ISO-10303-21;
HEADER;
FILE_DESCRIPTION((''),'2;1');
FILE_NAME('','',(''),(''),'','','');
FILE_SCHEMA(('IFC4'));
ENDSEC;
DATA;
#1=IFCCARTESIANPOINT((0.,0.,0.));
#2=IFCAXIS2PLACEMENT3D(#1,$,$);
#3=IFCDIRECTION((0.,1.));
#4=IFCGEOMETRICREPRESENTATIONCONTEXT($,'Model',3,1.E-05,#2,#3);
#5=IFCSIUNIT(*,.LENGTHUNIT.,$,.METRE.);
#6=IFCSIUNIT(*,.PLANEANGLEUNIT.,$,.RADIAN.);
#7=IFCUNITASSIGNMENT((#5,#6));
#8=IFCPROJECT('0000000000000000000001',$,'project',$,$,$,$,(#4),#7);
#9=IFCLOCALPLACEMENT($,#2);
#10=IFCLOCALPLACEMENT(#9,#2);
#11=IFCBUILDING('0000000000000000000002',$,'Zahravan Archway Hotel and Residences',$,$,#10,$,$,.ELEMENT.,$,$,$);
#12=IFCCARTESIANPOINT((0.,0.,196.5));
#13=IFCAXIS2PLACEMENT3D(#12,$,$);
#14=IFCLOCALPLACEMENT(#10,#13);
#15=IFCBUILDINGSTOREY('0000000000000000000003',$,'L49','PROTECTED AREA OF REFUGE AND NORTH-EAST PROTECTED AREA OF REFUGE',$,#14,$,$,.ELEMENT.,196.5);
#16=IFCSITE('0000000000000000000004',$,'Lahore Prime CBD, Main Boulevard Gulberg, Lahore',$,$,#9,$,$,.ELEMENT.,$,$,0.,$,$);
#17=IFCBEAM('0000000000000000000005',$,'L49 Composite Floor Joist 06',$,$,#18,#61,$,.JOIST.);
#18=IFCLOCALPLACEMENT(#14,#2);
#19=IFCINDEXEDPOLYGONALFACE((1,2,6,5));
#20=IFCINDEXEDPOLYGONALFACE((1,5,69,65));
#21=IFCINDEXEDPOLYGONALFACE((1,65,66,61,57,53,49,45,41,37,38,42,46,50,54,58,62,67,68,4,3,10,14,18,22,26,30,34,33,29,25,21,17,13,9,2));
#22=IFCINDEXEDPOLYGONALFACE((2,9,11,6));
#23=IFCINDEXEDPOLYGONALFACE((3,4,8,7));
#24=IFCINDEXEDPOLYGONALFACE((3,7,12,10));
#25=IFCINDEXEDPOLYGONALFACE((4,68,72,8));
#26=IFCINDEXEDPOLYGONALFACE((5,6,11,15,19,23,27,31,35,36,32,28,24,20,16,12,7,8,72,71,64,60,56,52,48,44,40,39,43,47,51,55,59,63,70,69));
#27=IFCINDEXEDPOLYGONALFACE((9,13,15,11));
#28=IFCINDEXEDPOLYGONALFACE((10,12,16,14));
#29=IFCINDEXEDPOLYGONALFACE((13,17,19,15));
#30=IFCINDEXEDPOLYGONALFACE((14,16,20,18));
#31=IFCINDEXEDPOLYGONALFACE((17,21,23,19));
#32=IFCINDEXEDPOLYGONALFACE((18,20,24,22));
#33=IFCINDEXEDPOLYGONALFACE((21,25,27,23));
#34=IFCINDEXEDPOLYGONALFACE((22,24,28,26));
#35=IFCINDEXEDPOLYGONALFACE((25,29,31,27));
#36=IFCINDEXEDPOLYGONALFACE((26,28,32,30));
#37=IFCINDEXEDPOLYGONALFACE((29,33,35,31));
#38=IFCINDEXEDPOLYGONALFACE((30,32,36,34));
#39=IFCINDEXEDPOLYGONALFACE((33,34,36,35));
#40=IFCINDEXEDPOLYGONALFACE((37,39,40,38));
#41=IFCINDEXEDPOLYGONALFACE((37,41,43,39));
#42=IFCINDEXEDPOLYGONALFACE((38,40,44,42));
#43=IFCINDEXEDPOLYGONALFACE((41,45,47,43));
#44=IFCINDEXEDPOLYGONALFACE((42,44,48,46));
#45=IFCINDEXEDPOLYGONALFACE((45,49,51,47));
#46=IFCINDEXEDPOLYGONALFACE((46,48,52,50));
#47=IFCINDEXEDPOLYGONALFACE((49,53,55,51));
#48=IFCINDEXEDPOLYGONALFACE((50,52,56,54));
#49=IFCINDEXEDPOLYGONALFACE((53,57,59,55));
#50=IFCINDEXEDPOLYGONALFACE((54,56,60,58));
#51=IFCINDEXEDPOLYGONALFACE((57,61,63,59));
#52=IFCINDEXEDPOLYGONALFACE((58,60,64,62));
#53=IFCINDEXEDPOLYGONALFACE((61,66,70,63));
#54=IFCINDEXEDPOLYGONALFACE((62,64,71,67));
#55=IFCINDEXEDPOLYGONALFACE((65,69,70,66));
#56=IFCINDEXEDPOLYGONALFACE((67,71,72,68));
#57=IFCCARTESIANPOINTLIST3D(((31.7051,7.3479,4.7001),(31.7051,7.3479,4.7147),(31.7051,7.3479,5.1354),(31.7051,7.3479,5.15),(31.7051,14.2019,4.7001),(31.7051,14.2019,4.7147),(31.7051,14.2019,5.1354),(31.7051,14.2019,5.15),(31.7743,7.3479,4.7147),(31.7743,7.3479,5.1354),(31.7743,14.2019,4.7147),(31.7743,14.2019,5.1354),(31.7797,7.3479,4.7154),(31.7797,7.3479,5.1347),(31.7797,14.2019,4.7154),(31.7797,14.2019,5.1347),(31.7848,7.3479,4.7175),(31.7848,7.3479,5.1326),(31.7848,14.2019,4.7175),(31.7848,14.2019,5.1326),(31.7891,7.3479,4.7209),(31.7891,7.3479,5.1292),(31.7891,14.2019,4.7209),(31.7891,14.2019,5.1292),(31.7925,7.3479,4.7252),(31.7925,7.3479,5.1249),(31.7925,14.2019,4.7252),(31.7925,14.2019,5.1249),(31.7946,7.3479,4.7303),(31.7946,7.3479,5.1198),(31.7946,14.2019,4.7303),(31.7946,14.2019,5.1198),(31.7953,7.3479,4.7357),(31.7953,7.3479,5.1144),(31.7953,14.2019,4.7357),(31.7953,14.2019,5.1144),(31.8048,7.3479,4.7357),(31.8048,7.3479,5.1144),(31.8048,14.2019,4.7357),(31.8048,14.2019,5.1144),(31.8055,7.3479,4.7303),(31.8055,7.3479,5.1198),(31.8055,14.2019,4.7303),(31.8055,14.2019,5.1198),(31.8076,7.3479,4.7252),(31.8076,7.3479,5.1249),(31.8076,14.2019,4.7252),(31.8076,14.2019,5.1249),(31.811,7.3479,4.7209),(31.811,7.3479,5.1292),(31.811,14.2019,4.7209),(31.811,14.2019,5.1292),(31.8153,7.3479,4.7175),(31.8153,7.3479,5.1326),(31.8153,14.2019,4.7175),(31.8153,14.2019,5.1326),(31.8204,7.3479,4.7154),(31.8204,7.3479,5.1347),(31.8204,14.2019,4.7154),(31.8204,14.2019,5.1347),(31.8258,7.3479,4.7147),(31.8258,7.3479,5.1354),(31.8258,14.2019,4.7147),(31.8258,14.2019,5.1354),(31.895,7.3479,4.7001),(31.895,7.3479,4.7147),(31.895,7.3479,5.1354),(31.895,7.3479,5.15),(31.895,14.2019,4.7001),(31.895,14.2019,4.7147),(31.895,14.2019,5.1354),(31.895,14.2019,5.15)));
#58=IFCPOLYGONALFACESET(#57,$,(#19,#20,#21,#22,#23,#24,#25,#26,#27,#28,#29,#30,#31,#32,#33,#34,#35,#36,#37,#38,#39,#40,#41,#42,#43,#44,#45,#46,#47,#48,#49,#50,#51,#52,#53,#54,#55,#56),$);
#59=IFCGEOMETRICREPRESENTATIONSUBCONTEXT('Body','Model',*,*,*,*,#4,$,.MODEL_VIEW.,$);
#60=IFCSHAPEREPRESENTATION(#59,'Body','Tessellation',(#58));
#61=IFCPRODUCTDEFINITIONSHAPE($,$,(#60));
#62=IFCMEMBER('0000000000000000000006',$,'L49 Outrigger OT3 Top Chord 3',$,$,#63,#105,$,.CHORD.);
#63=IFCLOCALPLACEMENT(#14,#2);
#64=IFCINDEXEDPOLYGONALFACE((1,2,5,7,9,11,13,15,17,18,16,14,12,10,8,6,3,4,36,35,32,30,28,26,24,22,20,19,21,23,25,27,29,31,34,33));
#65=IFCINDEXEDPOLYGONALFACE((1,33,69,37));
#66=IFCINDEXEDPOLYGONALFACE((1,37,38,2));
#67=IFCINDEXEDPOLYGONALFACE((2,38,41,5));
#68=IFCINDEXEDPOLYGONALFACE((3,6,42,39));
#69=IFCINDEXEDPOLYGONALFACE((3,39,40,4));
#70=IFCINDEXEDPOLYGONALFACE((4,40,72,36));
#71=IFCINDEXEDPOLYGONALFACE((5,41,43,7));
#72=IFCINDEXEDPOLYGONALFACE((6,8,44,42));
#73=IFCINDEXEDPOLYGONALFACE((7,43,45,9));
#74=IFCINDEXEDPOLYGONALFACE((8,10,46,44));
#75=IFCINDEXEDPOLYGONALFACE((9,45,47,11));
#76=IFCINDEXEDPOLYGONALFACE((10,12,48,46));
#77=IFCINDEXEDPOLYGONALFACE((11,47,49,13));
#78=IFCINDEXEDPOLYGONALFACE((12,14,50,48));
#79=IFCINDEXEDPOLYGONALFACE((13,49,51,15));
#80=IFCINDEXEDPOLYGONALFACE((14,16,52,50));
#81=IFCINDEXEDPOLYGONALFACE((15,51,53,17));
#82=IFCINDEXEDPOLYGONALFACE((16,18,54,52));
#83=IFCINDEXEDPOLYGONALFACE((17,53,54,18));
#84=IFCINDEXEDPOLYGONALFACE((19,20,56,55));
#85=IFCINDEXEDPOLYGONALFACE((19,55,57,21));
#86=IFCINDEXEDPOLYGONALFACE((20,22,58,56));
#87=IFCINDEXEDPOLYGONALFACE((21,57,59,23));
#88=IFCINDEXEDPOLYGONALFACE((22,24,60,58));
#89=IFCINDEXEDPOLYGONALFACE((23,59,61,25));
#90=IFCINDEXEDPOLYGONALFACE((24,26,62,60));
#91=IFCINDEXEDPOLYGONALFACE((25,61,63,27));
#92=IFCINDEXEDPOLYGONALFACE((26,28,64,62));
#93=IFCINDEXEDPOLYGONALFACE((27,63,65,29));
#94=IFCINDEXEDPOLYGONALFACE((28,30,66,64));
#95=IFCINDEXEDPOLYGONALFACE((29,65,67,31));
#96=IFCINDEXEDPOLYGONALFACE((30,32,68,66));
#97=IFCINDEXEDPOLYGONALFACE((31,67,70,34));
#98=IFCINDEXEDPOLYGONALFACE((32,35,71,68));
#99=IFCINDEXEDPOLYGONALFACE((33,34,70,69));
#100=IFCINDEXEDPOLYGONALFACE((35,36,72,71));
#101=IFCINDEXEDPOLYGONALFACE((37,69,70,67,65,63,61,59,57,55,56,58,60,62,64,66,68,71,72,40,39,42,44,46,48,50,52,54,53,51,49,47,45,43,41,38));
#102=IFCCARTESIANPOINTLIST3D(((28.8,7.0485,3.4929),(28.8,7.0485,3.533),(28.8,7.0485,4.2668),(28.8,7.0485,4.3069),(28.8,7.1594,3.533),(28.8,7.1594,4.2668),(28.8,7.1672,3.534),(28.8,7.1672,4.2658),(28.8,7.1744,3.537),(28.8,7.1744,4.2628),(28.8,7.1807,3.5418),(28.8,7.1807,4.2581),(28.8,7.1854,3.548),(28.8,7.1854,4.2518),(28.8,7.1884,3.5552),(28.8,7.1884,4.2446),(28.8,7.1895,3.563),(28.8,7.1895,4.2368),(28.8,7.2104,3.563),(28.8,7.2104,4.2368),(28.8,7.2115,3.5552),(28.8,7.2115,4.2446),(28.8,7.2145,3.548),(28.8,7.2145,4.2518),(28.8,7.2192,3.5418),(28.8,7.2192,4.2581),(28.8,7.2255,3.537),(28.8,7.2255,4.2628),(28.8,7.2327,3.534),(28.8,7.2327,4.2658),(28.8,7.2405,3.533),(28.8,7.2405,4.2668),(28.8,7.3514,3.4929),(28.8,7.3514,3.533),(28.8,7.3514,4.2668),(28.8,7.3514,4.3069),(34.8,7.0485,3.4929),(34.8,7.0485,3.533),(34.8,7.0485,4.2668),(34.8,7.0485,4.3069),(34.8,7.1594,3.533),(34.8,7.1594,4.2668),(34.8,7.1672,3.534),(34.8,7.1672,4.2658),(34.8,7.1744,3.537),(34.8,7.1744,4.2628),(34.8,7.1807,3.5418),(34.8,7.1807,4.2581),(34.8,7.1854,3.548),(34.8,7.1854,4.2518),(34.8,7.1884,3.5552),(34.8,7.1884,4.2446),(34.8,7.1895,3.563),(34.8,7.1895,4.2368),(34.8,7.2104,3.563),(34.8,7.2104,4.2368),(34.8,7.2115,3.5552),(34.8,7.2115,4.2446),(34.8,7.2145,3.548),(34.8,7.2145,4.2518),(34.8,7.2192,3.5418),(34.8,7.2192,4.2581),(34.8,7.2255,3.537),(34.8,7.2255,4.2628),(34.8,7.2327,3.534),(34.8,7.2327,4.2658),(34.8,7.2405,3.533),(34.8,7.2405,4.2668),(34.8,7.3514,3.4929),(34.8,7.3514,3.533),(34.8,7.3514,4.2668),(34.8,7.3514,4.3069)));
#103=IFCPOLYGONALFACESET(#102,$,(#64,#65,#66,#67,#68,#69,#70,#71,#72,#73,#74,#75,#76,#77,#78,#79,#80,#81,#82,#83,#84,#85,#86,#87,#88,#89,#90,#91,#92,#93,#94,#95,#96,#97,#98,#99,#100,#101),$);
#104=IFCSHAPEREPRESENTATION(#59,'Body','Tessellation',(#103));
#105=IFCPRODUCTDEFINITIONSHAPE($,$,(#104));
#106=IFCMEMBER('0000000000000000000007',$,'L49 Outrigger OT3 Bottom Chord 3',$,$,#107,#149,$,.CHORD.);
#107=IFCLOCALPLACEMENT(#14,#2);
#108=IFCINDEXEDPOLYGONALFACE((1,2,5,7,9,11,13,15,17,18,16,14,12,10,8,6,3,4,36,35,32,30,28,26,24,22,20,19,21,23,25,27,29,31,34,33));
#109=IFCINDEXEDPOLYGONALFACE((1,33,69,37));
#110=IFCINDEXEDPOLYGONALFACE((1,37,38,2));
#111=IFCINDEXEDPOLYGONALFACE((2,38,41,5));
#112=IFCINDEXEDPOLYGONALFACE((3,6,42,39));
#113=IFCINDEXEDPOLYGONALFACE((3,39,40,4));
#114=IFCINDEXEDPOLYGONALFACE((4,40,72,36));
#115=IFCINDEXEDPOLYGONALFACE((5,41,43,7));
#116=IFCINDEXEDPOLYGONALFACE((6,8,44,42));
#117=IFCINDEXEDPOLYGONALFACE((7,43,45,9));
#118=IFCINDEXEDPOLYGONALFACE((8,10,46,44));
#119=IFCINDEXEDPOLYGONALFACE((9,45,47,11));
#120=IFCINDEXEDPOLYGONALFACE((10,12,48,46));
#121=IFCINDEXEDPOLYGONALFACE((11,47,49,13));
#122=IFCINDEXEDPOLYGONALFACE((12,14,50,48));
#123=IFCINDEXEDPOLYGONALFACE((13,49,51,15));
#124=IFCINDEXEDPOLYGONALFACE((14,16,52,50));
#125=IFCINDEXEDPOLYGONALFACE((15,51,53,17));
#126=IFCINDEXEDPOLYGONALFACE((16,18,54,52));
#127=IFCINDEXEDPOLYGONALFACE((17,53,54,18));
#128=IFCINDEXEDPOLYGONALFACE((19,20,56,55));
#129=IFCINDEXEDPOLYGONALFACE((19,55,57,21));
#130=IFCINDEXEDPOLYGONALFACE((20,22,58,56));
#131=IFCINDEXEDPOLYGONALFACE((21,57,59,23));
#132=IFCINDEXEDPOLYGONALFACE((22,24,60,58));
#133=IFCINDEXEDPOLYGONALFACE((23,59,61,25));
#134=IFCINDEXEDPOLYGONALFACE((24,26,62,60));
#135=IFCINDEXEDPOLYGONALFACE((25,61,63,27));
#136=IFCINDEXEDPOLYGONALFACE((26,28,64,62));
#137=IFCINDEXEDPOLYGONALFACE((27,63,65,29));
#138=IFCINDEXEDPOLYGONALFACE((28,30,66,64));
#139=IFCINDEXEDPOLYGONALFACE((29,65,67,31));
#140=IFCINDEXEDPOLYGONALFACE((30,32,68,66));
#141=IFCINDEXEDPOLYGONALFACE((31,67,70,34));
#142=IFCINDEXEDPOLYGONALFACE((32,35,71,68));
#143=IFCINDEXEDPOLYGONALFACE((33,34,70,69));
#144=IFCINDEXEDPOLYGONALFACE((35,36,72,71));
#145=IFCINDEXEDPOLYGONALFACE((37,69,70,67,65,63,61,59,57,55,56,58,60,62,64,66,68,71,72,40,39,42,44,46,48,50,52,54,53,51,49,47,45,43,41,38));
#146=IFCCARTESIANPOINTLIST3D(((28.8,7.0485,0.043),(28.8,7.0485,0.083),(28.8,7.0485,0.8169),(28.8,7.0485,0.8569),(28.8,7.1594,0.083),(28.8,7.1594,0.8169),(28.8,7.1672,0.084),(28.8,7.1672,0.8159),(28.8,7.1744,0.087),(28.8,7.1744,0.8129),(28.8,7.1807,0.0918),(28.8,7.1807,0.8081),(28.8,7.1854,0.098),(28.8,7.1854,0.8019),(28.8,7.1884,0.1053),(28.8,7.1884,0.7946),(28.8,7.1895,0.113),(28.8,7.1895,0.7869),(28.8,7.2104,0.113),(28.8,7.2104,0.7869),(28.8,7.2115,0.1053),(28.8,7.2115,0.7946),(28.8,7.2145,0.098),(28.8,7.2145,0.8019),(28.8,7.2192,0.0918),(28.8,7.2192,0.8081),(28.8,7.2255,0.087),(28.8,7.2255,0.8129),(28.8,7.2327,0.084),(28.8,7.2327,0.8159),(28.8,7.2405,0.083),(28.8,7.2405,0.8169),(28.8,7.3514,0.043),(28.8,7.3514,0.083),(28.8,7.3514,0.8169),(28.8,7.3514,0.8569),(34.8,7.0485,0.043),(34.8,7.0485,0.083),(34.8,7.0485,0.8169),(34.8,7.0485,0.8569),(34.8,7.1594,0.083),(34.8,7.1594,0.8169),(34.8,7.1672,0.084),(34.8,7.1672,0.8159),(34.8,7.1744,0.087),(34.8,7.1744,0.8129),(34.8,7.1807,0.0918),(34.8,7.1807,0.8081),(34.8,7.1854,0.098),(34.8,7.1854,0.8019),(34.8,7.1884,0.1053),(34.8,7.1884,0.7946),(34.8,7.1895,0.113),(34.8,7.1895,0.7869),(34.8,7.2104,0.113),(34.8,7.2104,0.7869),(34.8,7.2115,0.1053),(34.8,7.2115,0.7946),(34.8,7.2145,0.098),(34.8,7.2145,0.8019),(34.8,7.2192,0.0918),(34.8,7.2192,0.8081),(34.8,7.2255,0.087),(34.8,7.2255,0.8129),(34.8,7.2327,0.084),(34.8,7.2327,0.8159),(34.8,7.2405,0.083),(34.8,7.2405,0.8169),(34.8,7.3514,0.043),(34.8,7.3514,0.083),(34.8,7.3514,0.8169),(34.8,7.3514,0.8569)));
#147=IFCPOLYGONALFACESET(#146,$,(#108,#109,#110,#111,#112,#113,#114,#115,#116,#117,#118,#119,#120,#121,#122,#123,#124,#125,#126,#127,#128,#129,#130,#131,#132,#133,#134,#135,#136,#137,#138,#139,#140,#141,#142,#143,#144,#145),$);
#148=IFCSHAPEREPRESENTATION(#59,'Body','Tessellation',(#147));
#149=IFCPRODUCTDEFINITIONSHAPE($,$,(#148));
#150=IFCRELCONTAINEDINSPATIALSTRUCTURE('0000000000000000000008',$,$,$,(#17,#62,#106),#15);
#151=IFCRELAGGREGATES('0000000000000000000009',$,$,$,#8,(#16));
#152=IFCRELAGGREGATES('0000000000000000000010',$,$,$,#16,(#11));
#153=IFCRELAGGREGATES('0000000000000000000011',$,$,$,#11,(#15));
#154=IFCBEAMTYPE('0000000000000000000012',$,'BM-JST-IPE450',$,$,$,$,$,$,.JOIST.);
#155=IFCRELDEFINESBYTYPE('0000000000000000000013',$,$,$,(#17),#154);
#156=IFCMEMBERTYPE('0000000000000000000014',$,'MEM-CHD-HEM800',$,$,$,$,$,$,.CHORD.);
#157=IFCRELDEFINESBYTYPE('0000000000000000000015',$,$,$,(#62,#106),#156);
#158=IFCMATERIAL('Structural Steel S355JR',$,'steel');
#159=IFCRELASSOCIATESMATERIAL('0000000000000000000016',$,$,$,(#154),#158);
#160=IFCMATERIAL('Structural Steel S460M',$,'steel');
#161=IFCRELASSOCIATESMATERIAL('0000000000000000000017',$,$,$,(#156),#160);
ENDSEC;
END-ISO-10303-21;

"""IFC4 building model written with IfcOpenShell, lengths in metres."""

from ifc_helpers import new_model, si_unit, direction, frame, origin, origin_2d, place, context, subcontext, project, spatial, i_section, extrude, source, transform, mapped, material, material_profile, profile_set, type_object, element, save


model = new_model("IFC4")

# Units and contexts
model_context = context("Model", 3, precision=1e-05, world=origin(), true_north=direction((0.0, 1.0)))
body_context = subcontext(model_context, "Body", "Model", "MODEL_VIEW")
ifc_project = project(units=[si_unit("LENGTHUNIT", "METRE"), si_unit("PLANEANGLEUNIT", "RADIAN")], contexts=[model_context])

# Site, building, storey
site_placement = place(None, origin())
site = spatial("IfcSite", under=ifc_project, at=site_placement, Name="Lahore Prime CBD, Main Boulevard Gulberg, Lahore", CompositionType="ELEMENT", RefElevation=0.0)
building_placement = place(site_placement, origin())
building = spatial("IfcBuilding", under=site, at=building_placement, Name="Zahravan Archway Hotel and Residences", CompositionType="ELEMENT")
storey_placement = place(building_placement, frame((0.0, 0.0, 196.5)))
storey = spatial("IfcBuildingStorey", under=building, at=storey_placement, Name="L49", Description="PROTECTED AREA OF REFUGE AND NORTH-EAST PROTECTED AREA OF REFUGE", CompositionType="ELEMENT", Elevation=196.5)

# Beam
ifc_material_1 = material(Name="Structural Steel S355JR", Category="steel")
ifc_material_profile_1 = material_profile(ifc_material_1, i_section(OverallWidth=0.1899, OverallDepth=0.45, WebThickness=0.0095, FlangeThickness=0.0146, FilletRadius=0.021, at=origin_2d()), Name="IPE 450", Category="steel")
ifc_profile_set_1 = profile_set([ifc_material_profile_1], Name="Structural Steel S355JR")
beam_type_1 = type_object("IfcBeamType", Name="BM-JST-IPE450", PredefinedType="JOIST", material=ifc_profile_set_1)
shared_shape_1 = source(origin(), body_context, "Body", "SweptSolid", [
    extrude(i_section(OverallWidth=0.1899, OverallDepth=0.45, WebThickness=0.0095, FlangeThickness=0.0146, FilletRadius=0.021, at=origin_2d()), origin(), (0.0, 0.0, 1.0), 6.854),
])
beam_1_placement = place(storey_placement, frame((31.8, 7.3479, 4.925), z_axis=(0.0, 1.0, 0.0), x_axis=(-1.0, 0.0, 0.0)))
element("IfcBeam", 1, at=beam_1_placement, inside=storey, type_object=beam_type_1, Name="L49 Composite Floor Joist 06", PredefinedType="JOIST", context=body_context, shape_type="MappedRepresentation", body=[
    mapped(shared_shape_1, transform((0.0, 0.0, 0.0), scale=1.0)),
])

# Members
ifc_material_2 = material(Name="Structural Steel S460M", Category="steel")
ifc_material_profile_2 = material_profile(ifc_material_2, i_section(OverallWidth=0.303, OverallDepth=0.814, WebThickness=0.021, FlangeThickness=0.04, FilletRadius=0.03, at=origin_2d()), Name="HEM 800", Category="steel")
ifc_profile_set_2 = profile_set([ifc_material_profile_2], Name="Structural Steel S460M")
member_type_1 = type_object("IfcMemberType", Name="MEM-CHD-HEM800", PredefinedType="CHORD", material=ifc_profile_set_2)
shared_shape_2 = source(origin(), body_context, "Body", "SweptSolid", [
    extrude(i_section(OverallWidth=0.303, OverallDepth=0.814, WebThickness=0.021, FlangeThickness=0.04, FilletRadius=0.03, at=origin_2d()), origin(), (0.0, 0.0, 1.0), 6.0),
])
for number, where, z_axis, x_axis, name in (
    (2, (28.8, 7.2, 3.8999), (1.0, 0.0, 0.0), (0.0, 1.0, 0.0), "L49 Outrigger OT3 Top Chord 3"),
    (3, (28.8, 7.2, 0.45), (1.0, 0.0, 0.0), (0.0, 1.0, 0.0), "L49 Outrigger OT3 Bottom Chord 3"),
):
    element("IfcMember", number, at=place(storey_placement, frame(where, z_axis=z_axis, x_axis=x_axis)), inside=storey, type_object=member_type_1, Name=name, PredefinedType="CHORD", context=body_context, shape_type="MappedRepresentation", body=[
        mapped(shared_shape_2, transform((0.0, 0.0, 0.0), scale=1.0)),
    ])

save(model, "model.ifc")
